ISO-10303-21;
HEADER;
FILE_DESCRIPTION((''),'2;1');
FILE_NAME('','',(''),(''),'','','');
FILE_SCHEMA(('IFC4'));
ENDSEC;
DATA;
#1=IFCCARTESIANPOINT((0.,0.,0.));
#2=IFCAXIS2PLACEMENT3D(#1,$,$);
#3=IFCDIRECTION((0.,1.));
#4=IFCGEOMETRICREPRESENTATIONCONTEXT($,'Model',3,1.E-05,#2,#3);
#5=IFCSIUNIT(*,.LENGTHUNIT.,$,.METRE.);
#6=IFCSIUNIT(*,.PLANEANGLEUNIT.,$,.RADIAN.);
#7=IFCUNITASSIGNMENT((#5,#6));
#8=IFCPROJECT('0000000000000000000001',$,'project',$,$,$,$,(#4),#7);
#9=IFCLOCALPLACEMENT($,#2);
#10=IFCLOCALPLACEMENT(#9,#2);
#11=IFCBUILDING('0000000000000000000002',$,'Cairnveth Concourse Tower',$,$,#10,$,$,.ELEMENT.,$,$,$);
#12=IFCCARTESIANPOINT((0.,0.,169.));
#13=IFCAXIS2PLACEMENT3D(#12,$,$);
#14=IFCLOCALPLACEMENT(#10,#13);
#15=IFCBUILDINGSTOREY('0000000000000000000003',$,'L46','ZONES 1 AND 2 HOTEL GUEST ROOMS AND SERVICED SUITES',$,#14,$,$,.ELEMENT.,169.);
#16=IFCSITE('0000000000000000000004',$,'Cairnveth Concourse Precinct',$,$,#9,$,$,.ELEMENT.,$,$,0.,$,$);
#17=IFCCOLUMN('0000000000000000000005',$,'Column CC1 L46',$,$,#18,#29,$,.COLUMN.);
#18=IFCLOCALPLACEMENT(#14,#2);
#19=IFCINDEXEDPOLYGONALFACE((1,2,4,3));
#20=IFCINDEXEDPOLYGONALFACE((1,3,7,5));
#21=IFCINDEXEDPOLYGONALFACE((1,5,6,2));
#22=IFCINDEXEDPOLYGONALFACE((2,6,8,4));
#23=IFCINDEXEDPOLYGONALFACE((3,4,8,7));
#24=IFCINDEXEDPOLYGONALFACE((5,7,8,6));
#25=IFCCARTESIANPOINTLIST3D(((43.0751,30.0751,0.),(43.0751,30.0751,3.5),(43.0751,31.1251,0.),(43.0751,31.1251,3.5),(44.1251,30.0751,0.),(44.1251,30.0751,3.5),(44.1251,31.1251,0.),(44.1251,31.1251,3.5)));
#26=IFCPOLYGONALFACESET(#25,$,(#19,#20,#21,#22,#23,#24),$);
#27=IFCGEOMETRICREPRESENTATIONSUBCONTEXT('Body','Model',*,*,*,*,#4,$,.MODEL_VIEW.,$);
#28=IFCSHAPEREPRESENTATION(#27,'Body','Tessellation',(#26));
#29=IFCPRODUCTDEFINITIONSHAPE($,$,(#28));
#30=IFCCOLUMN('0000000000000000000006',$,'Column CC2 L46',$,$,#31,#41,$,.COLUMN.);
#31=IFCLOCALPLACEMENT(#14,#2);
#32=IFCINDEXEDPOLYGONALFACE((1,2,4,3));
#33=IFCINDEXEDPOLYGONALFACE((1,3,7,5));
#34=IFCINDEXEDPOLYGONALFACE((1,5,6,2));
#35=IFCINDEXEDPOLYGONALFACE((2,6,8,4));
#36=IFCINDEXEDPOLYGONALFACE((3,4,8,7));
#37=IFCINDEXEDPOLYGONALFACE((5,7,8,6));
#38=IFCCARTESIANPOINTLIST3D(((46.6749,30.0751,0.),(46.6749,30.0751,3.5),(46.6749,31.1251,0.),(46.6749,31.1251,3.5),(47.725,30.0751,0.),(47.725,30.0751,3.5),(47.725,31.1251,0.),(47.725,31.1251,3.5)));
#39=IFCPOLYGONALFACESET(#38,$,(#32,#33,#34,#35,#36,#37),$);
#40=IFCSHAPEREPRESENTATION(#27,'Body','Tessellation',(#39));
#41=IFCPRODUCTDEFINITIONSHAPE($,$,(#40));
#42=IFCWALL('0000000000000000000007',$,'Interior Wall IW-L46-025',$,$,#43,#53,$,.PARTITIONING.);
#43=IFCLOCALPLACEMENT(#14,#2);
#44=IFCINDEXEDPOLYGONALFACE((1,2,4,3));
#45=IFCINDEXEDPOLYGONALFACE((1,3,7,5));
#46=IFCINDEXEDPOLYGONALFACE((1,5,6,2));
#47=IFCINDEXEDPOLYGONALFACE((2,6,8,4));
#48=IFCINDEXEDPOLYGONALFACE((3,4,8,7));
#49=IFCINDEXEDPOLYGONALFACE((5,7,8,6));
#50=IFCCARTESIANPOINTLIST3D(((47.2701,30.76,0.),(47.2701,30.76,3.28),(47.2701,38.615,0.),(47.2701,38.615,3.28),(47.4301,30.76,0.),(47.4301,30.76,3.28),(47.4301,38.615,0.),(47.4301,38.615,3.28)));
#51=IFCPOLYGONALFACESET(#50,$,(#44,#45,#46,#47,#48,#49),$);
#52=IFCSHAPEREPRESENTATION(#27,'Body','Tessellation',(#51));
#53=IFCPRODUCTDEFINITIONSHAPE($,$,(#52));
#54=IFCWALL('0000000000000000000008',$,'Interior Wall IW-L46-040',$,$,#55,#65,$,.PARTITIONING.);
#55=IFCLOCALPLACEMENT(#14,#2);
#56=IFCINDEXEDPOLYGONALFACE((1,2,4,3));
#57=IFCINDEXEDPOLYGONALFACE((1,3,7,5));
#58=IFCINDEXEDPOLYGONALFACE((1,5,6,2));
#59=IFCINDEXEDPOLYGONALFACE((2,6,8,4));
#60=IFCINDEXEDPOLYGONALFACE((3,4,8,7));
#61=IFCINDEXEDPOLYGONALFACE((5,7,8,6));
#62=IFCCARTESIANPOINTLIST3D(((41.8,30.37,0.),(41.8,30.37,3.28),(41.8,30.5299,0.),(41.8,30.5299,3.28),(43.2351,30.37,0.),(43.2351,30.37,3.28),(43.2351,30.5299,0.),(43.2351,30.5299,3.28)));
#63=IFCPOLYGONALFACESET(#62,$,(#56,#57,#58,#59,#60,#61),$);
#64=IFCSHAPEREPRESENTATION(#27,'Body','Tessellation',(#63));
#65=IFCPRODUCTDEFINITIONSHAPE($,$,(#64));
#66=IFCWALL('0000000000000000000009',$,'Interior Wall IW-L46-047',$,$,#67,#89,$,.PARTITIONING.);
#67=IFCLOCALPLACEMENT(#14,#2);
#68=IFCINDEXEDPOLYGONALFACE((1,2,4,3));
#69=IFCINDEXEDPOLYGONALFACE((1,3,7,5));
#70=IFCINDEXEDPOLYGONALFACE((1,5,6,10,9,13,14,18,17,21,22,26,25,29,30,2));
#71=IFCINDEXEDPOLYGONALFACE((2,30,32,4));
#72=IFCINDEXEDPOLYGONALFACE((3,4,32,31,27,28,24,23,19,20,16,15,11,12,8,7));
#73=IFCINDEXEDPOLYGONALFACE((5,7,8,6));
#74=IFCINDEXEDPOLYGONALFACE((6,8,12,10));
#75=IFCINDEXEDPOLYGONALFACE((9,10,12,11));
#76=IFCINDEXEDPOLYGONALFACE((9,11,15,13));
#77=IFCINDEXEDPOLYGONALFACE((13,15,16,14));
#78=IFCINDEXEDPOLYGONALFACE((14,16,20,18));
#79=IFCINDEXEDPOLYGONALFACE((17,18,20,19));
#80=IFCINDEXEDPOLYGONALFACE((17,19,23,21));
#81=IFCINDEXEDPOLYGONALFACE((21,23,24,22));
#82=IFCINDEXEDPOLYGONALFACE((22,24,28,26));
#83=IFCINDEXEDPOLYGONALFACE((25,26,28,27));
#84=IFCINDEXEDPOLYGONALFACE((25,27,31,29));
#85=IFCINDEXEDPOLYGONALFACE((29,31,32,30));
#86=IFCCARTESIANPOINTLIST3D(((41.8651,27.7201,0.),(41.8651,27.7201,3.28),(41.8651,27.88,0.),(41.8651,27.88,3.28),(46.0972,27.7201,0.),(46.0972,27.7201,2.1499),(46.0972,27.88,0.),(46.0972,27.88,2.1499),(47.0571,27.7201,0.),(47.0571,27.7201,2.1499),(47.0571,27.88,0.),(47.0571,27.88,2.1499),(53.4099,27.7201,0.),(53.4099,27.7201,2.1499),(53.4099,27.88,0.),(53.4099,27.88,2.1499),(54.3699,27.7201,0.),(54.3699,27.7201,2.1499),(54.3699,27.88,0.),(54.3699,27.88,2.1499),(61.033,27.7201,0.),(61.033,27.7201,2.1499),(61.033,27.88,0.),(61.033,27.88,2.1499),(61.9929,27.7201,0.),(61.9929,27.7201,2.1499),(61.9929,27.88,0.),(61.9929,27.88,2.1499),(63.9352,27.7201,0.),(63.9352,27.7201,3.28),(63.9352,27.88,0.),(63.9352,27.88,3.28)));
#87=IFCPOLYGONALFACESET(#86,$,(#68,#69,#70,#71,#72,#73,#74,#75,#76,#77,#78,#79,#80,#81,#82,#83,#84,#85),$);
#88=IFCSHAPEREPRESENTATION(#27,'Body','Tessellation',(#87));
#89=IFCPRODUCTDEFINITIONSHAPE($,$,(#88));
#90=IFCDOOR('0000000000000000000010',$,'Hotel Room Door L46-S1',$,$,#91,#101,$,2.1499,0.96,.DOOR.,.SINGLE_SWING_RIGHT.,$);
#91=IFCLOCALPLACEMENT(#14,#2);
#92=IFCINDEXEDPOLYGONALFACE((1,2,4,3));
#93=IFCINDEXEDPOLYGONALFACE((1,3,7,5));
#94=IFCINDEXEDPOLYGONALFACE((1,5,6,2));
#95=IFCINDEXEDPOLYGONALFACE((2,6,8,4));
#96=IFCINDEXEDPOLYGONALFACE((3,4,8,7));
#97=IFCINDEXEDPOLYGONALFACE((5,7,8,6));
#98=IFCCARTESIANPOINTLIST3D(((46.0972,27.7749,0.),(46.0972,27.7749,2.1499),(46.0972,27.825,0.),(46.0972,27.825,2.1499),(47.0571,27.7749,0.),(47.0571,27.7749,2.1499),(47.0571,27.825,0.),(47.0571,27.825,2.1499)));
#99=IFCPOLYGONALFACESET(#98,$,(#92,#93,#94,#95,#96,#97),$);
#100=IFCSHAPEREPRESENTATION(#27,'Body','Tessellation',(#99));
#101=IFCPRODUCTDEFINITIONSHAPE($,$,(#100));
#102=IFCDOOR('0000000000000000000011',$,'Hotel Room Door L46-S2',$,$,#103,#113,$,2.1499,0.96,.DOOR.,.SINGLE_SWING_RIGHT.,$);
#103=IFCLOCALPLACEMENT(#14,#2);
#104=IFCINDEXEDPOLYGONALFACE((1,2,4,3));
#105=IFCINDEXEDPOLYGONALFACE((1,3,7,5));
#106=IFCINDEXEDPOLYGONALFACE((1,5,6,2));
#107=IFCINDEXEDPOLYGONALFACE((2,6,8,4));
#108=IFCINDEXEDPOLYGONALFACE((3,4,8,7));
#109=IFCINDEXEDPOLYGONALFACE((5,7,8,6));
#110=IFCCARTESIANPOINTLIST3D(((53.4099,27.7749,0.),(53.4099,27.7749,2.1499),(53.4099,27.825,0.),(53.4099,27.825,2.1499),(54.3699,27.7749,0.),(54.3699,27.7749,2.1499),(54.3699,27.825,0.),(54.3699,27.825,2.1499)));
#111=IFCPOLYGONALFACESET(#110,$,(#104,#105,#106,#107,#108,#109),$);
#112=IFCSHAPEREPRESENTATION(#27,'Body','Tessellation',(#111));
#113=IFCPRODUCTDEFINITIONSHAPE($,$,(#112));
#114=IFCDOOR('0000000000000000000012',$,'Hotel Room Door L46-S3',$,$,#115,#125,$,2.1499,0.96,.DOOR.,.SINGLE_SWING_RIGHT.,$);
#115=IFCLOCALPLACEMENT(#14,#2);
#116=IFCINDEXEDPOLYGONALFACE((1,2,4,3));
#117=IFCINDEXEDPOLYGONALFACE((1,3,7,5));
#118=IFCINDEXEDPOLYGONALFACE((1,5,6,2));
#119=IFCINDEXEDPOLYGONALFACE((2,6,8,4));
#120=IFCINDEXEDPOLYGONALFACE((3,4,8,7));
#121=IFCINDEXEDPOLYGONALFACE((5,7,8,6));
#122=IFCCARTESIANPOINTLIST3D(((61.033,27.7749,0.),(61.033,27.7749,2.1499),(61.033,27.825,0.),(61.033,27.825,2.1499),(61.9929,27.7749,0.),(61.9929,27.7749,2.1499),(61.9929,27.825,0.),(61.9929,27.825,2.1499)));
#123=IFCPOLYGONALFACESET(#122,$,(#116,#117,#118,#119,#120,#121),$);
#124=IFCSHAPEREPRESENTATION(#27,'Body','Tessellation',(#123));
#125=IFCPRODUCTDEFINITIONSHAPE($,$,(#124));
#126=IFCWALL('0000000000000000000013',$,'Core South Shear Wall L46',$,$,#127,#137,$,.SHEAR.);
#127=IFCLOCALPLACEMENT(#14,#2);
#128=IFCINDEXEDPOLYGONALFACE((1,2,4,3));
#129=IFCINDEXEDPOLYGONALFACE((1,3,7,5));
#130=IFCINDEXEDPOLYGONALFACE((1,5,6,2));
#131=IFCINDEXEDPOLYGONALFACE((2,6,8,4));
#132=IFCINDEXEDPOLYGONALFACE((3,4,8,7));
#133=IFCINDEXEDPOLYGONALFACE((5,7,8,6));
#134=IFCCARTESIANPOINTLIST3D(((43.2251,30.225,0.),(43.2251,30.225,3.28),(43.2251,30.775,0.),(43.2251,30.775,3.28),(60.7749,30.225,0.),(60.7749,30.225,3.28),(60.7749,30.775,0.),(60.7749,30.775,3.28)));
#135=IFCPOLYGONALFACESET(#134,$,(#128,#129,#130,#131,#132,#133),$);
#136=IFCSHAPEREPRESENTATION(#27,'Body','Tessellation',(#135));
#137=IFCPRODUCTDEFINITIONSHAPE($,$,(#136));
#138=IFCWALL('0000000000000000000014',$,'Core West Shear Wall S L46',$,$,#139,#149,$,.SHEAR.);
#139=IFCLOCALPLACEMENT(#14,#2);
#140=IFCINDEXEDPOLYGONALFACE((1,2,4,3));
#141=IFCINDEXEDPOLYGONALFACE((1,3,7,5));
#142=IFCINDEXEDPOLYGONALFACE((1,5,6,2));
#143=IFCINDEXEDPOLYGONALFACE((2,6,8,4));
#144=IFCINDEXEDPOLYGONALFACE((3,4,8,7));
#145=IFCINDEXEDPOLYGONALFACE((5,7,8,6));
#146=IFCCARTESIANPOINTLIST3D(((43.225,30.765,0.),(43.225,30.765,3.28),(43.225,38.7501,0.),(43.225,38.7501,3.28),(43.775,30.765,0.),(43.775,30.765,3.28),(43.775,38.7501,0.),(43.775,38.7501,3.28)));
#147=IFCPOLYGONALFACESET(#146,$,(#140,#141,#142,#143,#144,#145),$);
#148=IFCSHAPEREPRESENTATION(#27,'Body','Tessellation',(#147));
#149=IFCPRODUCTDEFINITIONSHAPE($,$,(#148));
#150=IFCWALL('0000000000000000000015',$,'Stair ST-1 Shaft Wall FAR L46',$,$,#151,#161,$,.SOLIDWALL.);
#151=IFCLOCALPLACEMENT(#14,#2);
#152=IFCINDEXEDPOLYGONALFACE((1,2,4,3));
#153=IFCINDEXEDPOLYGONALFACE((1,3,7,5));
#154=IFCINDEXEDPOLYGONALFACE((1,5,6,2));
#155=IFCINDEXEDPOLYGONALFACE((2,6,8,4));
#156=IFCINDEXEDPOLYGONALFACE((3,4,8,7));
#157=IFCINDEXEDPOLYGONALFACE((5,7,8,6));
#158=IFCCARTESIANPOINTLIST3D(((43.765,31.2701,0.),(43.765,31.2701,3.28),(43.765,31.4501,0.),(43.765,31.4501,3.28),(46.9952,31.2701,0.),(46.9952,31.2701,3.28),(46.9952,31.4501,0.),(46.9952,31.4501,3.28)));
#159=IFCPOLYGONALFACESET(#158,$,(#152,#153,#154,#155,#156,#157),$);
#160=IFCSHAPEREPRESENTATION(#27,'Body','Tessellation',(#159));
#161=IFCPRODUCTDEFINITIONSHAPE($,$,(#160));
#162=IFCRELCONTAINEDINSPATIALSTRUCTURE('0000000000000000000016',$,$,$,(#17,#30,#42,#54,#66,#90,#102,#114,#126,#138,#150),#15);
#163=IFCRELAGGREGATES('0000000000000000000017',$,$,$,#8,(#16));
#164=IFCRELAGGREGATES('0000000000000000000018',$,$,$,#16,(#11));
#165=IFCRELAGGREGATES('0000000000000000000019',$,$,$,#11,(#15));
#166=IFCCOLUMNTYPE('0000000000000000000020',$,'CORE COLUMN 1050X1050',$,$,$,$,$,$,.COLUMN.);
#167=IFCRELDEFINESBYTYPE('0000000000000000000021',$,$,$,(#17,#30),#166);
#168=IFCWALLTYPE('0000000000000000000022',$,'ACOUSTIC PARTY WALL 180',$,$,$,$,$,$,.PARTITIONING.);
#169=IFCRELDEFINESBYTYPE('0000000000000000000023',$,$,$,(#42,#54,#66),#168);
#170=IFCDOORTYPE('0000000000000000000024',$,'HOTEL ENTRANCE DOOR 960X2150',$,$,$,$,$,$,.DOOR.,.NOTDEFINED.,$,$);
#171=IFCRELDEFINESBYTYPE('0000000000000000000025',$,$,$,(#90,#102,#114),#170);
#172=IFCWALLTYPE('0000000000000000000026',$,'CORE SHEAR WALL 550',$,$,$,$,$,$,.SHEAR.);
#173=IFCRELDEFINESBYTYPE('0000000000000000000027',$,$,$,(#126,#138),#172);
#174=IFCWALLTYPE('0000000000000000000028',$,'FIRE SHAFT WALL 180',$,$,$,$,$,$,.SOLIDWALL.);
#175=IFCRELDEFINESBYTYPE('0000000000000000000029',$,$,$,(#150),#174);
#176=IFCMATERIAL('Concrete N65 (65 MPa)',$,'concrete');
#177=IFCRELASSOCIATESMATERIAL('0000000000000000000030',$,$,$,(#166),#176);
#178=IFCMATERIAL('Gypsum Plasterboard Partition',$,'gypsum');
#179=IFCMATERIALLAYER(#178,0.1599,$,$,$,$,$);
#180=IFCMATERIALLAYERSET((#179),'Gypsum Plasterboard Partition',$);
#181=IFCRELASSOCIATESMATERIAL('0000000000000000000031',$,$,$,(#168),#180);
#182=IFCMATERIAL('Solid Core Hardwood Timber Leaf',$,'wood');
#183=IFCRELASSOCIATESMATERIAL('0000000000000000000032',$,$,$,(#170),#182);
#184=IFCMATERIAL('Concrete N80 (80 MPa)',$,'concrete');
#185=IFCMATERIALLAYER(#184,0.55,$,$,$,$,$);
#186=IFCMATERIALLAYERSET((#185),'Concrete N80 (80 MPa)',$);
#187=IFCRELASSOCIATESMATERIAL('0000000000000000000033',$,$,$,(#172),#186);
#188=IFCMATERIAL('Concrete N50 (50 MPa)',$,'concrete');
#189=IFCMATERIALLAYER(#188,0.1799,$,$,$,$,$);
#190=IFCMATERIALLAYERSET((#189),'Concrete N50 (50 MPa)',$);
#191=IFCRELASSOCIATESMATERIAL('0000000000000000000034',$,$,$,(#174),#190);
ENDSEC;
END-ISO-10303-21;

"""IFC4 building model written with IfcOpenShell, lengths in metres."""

from ifc_helpers import new_model, si_unit, direction, frame, frame_2d, origin, origin_2d, place, context, subcontext, project, spatial, rectangle, extrude, material, layer, layer_set, material_profile, profile_set, type_object, element, fill, save


model = new_model("IFC4")

# Units and contexts
model_context = context("Model", 3, precision=1e-05, world=origin(), true_north=direction((0.0, 1.0)))
body_context = subcontext(model_context, "Body", "Model", "MODEL_VIEW")
ifc_project = project(units=[si_unit("LENGTHUNIT", "METRE"), si_unit("PLANEANGLEUNIT", "RADIAN")], contexts=[model_context])

# Site, building, storey
site_placement = place(None, origin())
site = spatial("IfcSite", under=ifc_project, at=site_placement, Name="Cairnveth Concourse Precinct", CompositionType="ELEMENT", RefElevation=0.0)
building_placement = place(site_placement, origin())
building = spatial("IfcBuilding", under=site, at=building_placement, Name="Cairnveth Concourse Tower", CompositionType="ELEMENT")
storey_placement = place(building_placement, frame((0.0, 0.0, 169.0)))
storey = spatial("IfcBuildingStorey", under=building, at=storey_placement, Name="L46", Description="ZONES 1 AND 2 HOTEL GUEST ROOMS AND SERVICED SUITES", CompositionType="ELEMENT", Elevation=169.0)

# Columns
ifc_material_1 = material(Name="Concrete N65 (65 MPa)", Category="concrete")
ifc_material_profile = material_profile(ifc_material_1, rectangle(XDim=1.05, YDim=1.05, at=origin_2d()), Name="RC-COL-1050x1050")
ifc_profile_set = profile_set([ifc_material_profile], Name="Concrete N65 (65 MPa)")
column_type = type_object("IfcColumnType", Name="CORE COLUMN 1050X1050", PredefinedType="COLUMN", material=ifc_profile_set)
for number, where, z_axis, x_axis, name in (
    (1, (43.6001, 30.6001, 0.0), (0.0, 0.0, 1.0), (1.0, 0.0, 0.0), "Column CC1 L46"),
    (2, (47.2, 30.6001, 0.0), (0.0, 0.0, 1.0), (1.0, 0.0, 0.0), "Column CC2 L46"),
):
    element("IfcColumn", number, at=place(storey_placement, frame(where, z_axis=z_axis, x_axis=x_axis)), inside=storey, type_object=column_type, Name=name, PredefinedType="COLUMN", context=body_context, shape_type="SweptSolid", body=[
        extrude(rectangle(XDim=1.05, YDim=1.05, at=origin_2d()), origin(), (0.0, 0.0, 1.0), 3.5),
    ])

# Walls
ifc_material_2 = material(Name="Gypsum Plasterboard Partition", Category="gypsum")
ifc_layer_1 = layer(ifc_material_2, 0.1599)
ifc_layer_set_1 = layer_set([ifc_layer_1], Name="Gypsum Plasterboard Partition")
wall_type_1 = type_object("IfcWallType", Name="ACOUSTIC PARTY WALL 180", PredefinedType="PARTITIONING", material=ifc_layer_set_1)
wall_1_placement = place(storey_placement, frame((47.3501, 30.76, 0.0), z_axis=(0.0, 0.0, 1.0), x_axis=(0.0, 1.0, 0.0)))
element("IfcWall", 3, at=wall_1_placement, inside=storey, type_object=wall_type_1, Name="Interior Wall IW-L46-025", PredefinedType="PARTITIONING", context=body_context, shape_type="SweptSolid", body=[
    extrude(rectangle(XDim=7.855, YDim=0.1599, at=frame_2d((3.9275, 0.0))), origin(), (0.0, 0.0, 1.0), 3.28),
])
wall_2_placement = place(storey_placement, frame((41.8, 30.45, 0.0), z_axis=(0.0, 0.0, 1.0), x_axis=(1.0, 0.0, 0.0)))
element("IfcWall", 4, at=wall_2_placement, inside=storey, type_object=wall_type_1, Name="Interior Wall IW-L46-040", PredefinedType="PARTITIONING", context=body_context, shape_type="SweptSolid", body=[
    extrude(rectangle(XDim=1.4351, YDim=0.1599, at=frame_2d((0.7175, 0.0))), origin(), (0.0, 0.0, 1.0), 3.28),
])

# Wall, openings, doors
wall_3_placement = place(storey_placement, frame((41.865, 27.8, 0.0), z_axis=(0.0, 0.0, 1.0), x_axis=(1.0, 0.0, 0.0)))
wall_3 = element("IfcWall", 5, at=wall_3_placement, inside=storey, type_object=wall_type_1, Name="Interior Wall IW-L46-047", PredefinedType="PARTITIONING", context=body_context, shape_type="SweptSolid", body=[
    extrude(rectangle(XDim=22.0701, YDim=0.1599, at=frame_2d((11.0352, 0.0))), origin(), (0.0, 0.0, 1.0), 3.28),
])
opening_1_placement = place(wall_3_placement, frame((4.2322, 0.0, 0.0)))
opening_1 = element("IfcOpeningElement", 6, at=opening_1_placement, cuts=wall_3, PredefinedType="OPENING", context=body_context, shape_type="SweptSolid", body=[
    extrude(rectangle(XDim=0.96, YDim=2.1499, at=frame_2d((0.48, 1.075))), frame((0.0, 0.0898, 0.0), z_axis=(0.0, -1.0, 0.0), x_axis=(1.0, 0.0, 0.0)), (0.0, 0.0, 1.0), 0.1799),
])
opening_2_placement = place(wall_3_placement, frame((11.5449, 0.0, 0.0)))
opening_2 = element("IfcOpeningElement", 7, at=opening_2_placement, cuts=wall_3, PredefinedType="OPENING", context=body_context, shape_type="SweptSolid", body=[
    extrude(rectangle(XDim=0.96, YDim=2.1499, at=frame_2d((0.48, 1.075))), frame((0.0, 0.0898, 0.0), z_axis=(0.0, -1.0, 0.0), x_axis=(1.0, 0.0, 0.0)), (0.0, 0.0, 1.0), 0.1799),
])
opening_3_placement = place(wall_3_placement, frame((19.168, 0.0, 0.0)))
opening_3 = element("IfcOpeningElement", 8, at=opening_3_placement, cuts=wall_3, PredefinedType="OPENING", context=body_context, shape_type="SweptSolid", body=[
    extrude(rectangle(XDim=0.96, YDim=2.1499, at=frame_2d((0.48, 1.075))), frame((0.0, 0.0898, 0.0), z_axis=(0.0, -1.0, 0.0), x_axis=(1.0, 0.0, 0.0)), (0.0, 0.0, 1.0), 0.1799),
])
ifc_material_3 = material(Name="Solid Core Hardwood Timber Leaf", Category="wood")
door_type_1 = type_object("IfcDoorType", Name="HOTEL ENTRANCE DOOR 960X2150", OperationType="NOTDEFINED", PredefinedType="DOOR", material=ifc_material_3)
door_1_placement = place(opening_1_placement, origin())
door_1 = element("IfcDoor", 9, at=door_1_placement, inside=storey, type_object=door_type_1, Name="Hotel Room Door L46-S1", OperationType="SINGLE_SWING_RIGHT", OverallHeight=2.1499, OverallWidth=0.96, PredefinedType="DOOR", context=body_context, shape_type="SweptSolid", body=[
    extrude(rectangle(XDim=0.96, YDim=2.1499, at=frame_2d((0.48, 1.075))), frame((0.0, 0.0249, 0.0), z_axis=(0.0, -1.0, 0.0), x_axis=(1.0, 0.0, 0.0)), (0.0, 0.0, 1.0), 0.05),
])
fill(opening_1, door_1)
door_2_placement = place(opening_2_placement, origin())
door_2 = element("IfcDoor", 10, at=door_2_placement, inside=storey, type_object=door_type_1, Name="Hotel Room Door L46-S2", OperationType="SINGLE_SWING_RIGHT", OverallHeight=2.1499, OverallWidth=0.96, PredefinedType="DOOR", context=body_context, shape_type="SweptSolid", body=[
    extrude(rectangle(XDim=0.96, YDim=2.1499, at=frame_2d((0.48, 1.075))), frame((0.0, 0.0249, 0.0), z_axis=(0.0, -1.0, 0.0), x_axis=(1.0, 0.0, 0.0)), (0.0, 0.0, 1.0), 0.05),
])
fill(opening_2, door_2)
door_3_placement = place(opening_3_placement, origin())
door_3 = element("IfcDoor", 11, at=door_3_placement, inside=storey, type_object=door_type_1, Name="Hotel Room Door L46-S3", OperationType="SINGLE_SWING_RIGHT", OverallHeight=2.1499, OverallWidth=0.96, PredefinedType="DOOR", context=body_context, shape_type="SweptSolid", body=[
    extrude(rectangle(XDim=0.96, YDim=2.1499, at=frame_2d((0.48, 1.075))), frame((0.0, 0.0249, 0.0), z_axis=(0.0, -1.0, 0.0), x_axis=(1.0, 0.0, 0.0)), (0.0, 0.0, 1.0), 0.05),
])
fill(opening_3, door_3)

# Walls
ifc_material_4 = material(Name="Concrete N80 (80 MPa)", Category="concrete")
ifc_layer_2 = layer(ifc_material_4, 0.55)
ifc_layer_set_2 = layer_set([ifc_layer_2], Name="Concrete N80 (80 MPa)")
wall_type_2 = type_object("IfcWallType", Name="CORE SHEAR WALL 550", PredefinedType="SHEAR", material=ifc_layer_set_2)
wall_4_placement = place(storey_placement, frame((43.2251, 30.5, 0.0), z_axis=(0.0, 0.0, 1.0), x_axis=(1.0, 0.0, 0.0)))
element("IfcWall", 12, at=wall_4_placement, inside=storey, type_object=wall_type_2, Name="Core South Shear Wall L46", PredefinedType="SHEAR", context=body_context, shape_type="SweptSolid", body=[
    extrude(rectangle(XDim=17.5498, YDim=0.55, at=frame_2d((8.7749, 0.0))), origin(), (0.0, 0.0, 1.0), 3.28),
])
wall_5_placement = place(storey_placement, frame((43.5, 30.7649, 0.0), z_axis=(0.0, 0.0, 1.0), x_axis=(0.0, 1.0, 0.0)))
element("IfcWall", 13, at=wall_5_placement, inside=storey, type_object=wall_type_2, Name="Core West Shear Wall S L46", PredefinedType="SHEAR", context=body_context, shape_type="SweptSolid", body=[
    extrude(rectangle(XDim=7.9851, YDim=0.55, at=frame_2d((3.9927, 0.0))), origin(), (0.0, 0.0, 1.0), 3.28),
])
ifc_material_5 = material(Name="Concrete N50 (50 MPa)", Category="concrete")
ifc_layer_3 = layer(ifc_material_5, 0.1799)
ifc_layer_set_3 = layer_set([ifc_layer_3], Name="Concrete N50 (50 MPa)")
wall_type_3 = type_object("IfcWallType", Name="FIRE SHAFT WALL 180", PredefinedType="SOLIDWALL", material=ifc_layer_set_3)
wall_6_placement = place(storey_placement, frame((43.7649, 31.3601, 0.0), z_axis=(0.0, 0.0, 1.0), x_axis=(1.0, 0.0, 0.0)))
element("IfcWall", 14, at=wall_6_placement, inside=storey, type_object=wall_type_3, Name="Stair ST-1 Shaft Wall FAR L46", PredefinedType="SOLIDWALL", context=body_context, shape_type="SweptSolid", body=[
    extrude(rectangle(XDim=3.2302, YDim=0.1799, at=frame_2d((1.6152, 0.0))), origin(), (0.0, 0.0, 1.0), 3.28),
])

save(model, "model.ifc")
